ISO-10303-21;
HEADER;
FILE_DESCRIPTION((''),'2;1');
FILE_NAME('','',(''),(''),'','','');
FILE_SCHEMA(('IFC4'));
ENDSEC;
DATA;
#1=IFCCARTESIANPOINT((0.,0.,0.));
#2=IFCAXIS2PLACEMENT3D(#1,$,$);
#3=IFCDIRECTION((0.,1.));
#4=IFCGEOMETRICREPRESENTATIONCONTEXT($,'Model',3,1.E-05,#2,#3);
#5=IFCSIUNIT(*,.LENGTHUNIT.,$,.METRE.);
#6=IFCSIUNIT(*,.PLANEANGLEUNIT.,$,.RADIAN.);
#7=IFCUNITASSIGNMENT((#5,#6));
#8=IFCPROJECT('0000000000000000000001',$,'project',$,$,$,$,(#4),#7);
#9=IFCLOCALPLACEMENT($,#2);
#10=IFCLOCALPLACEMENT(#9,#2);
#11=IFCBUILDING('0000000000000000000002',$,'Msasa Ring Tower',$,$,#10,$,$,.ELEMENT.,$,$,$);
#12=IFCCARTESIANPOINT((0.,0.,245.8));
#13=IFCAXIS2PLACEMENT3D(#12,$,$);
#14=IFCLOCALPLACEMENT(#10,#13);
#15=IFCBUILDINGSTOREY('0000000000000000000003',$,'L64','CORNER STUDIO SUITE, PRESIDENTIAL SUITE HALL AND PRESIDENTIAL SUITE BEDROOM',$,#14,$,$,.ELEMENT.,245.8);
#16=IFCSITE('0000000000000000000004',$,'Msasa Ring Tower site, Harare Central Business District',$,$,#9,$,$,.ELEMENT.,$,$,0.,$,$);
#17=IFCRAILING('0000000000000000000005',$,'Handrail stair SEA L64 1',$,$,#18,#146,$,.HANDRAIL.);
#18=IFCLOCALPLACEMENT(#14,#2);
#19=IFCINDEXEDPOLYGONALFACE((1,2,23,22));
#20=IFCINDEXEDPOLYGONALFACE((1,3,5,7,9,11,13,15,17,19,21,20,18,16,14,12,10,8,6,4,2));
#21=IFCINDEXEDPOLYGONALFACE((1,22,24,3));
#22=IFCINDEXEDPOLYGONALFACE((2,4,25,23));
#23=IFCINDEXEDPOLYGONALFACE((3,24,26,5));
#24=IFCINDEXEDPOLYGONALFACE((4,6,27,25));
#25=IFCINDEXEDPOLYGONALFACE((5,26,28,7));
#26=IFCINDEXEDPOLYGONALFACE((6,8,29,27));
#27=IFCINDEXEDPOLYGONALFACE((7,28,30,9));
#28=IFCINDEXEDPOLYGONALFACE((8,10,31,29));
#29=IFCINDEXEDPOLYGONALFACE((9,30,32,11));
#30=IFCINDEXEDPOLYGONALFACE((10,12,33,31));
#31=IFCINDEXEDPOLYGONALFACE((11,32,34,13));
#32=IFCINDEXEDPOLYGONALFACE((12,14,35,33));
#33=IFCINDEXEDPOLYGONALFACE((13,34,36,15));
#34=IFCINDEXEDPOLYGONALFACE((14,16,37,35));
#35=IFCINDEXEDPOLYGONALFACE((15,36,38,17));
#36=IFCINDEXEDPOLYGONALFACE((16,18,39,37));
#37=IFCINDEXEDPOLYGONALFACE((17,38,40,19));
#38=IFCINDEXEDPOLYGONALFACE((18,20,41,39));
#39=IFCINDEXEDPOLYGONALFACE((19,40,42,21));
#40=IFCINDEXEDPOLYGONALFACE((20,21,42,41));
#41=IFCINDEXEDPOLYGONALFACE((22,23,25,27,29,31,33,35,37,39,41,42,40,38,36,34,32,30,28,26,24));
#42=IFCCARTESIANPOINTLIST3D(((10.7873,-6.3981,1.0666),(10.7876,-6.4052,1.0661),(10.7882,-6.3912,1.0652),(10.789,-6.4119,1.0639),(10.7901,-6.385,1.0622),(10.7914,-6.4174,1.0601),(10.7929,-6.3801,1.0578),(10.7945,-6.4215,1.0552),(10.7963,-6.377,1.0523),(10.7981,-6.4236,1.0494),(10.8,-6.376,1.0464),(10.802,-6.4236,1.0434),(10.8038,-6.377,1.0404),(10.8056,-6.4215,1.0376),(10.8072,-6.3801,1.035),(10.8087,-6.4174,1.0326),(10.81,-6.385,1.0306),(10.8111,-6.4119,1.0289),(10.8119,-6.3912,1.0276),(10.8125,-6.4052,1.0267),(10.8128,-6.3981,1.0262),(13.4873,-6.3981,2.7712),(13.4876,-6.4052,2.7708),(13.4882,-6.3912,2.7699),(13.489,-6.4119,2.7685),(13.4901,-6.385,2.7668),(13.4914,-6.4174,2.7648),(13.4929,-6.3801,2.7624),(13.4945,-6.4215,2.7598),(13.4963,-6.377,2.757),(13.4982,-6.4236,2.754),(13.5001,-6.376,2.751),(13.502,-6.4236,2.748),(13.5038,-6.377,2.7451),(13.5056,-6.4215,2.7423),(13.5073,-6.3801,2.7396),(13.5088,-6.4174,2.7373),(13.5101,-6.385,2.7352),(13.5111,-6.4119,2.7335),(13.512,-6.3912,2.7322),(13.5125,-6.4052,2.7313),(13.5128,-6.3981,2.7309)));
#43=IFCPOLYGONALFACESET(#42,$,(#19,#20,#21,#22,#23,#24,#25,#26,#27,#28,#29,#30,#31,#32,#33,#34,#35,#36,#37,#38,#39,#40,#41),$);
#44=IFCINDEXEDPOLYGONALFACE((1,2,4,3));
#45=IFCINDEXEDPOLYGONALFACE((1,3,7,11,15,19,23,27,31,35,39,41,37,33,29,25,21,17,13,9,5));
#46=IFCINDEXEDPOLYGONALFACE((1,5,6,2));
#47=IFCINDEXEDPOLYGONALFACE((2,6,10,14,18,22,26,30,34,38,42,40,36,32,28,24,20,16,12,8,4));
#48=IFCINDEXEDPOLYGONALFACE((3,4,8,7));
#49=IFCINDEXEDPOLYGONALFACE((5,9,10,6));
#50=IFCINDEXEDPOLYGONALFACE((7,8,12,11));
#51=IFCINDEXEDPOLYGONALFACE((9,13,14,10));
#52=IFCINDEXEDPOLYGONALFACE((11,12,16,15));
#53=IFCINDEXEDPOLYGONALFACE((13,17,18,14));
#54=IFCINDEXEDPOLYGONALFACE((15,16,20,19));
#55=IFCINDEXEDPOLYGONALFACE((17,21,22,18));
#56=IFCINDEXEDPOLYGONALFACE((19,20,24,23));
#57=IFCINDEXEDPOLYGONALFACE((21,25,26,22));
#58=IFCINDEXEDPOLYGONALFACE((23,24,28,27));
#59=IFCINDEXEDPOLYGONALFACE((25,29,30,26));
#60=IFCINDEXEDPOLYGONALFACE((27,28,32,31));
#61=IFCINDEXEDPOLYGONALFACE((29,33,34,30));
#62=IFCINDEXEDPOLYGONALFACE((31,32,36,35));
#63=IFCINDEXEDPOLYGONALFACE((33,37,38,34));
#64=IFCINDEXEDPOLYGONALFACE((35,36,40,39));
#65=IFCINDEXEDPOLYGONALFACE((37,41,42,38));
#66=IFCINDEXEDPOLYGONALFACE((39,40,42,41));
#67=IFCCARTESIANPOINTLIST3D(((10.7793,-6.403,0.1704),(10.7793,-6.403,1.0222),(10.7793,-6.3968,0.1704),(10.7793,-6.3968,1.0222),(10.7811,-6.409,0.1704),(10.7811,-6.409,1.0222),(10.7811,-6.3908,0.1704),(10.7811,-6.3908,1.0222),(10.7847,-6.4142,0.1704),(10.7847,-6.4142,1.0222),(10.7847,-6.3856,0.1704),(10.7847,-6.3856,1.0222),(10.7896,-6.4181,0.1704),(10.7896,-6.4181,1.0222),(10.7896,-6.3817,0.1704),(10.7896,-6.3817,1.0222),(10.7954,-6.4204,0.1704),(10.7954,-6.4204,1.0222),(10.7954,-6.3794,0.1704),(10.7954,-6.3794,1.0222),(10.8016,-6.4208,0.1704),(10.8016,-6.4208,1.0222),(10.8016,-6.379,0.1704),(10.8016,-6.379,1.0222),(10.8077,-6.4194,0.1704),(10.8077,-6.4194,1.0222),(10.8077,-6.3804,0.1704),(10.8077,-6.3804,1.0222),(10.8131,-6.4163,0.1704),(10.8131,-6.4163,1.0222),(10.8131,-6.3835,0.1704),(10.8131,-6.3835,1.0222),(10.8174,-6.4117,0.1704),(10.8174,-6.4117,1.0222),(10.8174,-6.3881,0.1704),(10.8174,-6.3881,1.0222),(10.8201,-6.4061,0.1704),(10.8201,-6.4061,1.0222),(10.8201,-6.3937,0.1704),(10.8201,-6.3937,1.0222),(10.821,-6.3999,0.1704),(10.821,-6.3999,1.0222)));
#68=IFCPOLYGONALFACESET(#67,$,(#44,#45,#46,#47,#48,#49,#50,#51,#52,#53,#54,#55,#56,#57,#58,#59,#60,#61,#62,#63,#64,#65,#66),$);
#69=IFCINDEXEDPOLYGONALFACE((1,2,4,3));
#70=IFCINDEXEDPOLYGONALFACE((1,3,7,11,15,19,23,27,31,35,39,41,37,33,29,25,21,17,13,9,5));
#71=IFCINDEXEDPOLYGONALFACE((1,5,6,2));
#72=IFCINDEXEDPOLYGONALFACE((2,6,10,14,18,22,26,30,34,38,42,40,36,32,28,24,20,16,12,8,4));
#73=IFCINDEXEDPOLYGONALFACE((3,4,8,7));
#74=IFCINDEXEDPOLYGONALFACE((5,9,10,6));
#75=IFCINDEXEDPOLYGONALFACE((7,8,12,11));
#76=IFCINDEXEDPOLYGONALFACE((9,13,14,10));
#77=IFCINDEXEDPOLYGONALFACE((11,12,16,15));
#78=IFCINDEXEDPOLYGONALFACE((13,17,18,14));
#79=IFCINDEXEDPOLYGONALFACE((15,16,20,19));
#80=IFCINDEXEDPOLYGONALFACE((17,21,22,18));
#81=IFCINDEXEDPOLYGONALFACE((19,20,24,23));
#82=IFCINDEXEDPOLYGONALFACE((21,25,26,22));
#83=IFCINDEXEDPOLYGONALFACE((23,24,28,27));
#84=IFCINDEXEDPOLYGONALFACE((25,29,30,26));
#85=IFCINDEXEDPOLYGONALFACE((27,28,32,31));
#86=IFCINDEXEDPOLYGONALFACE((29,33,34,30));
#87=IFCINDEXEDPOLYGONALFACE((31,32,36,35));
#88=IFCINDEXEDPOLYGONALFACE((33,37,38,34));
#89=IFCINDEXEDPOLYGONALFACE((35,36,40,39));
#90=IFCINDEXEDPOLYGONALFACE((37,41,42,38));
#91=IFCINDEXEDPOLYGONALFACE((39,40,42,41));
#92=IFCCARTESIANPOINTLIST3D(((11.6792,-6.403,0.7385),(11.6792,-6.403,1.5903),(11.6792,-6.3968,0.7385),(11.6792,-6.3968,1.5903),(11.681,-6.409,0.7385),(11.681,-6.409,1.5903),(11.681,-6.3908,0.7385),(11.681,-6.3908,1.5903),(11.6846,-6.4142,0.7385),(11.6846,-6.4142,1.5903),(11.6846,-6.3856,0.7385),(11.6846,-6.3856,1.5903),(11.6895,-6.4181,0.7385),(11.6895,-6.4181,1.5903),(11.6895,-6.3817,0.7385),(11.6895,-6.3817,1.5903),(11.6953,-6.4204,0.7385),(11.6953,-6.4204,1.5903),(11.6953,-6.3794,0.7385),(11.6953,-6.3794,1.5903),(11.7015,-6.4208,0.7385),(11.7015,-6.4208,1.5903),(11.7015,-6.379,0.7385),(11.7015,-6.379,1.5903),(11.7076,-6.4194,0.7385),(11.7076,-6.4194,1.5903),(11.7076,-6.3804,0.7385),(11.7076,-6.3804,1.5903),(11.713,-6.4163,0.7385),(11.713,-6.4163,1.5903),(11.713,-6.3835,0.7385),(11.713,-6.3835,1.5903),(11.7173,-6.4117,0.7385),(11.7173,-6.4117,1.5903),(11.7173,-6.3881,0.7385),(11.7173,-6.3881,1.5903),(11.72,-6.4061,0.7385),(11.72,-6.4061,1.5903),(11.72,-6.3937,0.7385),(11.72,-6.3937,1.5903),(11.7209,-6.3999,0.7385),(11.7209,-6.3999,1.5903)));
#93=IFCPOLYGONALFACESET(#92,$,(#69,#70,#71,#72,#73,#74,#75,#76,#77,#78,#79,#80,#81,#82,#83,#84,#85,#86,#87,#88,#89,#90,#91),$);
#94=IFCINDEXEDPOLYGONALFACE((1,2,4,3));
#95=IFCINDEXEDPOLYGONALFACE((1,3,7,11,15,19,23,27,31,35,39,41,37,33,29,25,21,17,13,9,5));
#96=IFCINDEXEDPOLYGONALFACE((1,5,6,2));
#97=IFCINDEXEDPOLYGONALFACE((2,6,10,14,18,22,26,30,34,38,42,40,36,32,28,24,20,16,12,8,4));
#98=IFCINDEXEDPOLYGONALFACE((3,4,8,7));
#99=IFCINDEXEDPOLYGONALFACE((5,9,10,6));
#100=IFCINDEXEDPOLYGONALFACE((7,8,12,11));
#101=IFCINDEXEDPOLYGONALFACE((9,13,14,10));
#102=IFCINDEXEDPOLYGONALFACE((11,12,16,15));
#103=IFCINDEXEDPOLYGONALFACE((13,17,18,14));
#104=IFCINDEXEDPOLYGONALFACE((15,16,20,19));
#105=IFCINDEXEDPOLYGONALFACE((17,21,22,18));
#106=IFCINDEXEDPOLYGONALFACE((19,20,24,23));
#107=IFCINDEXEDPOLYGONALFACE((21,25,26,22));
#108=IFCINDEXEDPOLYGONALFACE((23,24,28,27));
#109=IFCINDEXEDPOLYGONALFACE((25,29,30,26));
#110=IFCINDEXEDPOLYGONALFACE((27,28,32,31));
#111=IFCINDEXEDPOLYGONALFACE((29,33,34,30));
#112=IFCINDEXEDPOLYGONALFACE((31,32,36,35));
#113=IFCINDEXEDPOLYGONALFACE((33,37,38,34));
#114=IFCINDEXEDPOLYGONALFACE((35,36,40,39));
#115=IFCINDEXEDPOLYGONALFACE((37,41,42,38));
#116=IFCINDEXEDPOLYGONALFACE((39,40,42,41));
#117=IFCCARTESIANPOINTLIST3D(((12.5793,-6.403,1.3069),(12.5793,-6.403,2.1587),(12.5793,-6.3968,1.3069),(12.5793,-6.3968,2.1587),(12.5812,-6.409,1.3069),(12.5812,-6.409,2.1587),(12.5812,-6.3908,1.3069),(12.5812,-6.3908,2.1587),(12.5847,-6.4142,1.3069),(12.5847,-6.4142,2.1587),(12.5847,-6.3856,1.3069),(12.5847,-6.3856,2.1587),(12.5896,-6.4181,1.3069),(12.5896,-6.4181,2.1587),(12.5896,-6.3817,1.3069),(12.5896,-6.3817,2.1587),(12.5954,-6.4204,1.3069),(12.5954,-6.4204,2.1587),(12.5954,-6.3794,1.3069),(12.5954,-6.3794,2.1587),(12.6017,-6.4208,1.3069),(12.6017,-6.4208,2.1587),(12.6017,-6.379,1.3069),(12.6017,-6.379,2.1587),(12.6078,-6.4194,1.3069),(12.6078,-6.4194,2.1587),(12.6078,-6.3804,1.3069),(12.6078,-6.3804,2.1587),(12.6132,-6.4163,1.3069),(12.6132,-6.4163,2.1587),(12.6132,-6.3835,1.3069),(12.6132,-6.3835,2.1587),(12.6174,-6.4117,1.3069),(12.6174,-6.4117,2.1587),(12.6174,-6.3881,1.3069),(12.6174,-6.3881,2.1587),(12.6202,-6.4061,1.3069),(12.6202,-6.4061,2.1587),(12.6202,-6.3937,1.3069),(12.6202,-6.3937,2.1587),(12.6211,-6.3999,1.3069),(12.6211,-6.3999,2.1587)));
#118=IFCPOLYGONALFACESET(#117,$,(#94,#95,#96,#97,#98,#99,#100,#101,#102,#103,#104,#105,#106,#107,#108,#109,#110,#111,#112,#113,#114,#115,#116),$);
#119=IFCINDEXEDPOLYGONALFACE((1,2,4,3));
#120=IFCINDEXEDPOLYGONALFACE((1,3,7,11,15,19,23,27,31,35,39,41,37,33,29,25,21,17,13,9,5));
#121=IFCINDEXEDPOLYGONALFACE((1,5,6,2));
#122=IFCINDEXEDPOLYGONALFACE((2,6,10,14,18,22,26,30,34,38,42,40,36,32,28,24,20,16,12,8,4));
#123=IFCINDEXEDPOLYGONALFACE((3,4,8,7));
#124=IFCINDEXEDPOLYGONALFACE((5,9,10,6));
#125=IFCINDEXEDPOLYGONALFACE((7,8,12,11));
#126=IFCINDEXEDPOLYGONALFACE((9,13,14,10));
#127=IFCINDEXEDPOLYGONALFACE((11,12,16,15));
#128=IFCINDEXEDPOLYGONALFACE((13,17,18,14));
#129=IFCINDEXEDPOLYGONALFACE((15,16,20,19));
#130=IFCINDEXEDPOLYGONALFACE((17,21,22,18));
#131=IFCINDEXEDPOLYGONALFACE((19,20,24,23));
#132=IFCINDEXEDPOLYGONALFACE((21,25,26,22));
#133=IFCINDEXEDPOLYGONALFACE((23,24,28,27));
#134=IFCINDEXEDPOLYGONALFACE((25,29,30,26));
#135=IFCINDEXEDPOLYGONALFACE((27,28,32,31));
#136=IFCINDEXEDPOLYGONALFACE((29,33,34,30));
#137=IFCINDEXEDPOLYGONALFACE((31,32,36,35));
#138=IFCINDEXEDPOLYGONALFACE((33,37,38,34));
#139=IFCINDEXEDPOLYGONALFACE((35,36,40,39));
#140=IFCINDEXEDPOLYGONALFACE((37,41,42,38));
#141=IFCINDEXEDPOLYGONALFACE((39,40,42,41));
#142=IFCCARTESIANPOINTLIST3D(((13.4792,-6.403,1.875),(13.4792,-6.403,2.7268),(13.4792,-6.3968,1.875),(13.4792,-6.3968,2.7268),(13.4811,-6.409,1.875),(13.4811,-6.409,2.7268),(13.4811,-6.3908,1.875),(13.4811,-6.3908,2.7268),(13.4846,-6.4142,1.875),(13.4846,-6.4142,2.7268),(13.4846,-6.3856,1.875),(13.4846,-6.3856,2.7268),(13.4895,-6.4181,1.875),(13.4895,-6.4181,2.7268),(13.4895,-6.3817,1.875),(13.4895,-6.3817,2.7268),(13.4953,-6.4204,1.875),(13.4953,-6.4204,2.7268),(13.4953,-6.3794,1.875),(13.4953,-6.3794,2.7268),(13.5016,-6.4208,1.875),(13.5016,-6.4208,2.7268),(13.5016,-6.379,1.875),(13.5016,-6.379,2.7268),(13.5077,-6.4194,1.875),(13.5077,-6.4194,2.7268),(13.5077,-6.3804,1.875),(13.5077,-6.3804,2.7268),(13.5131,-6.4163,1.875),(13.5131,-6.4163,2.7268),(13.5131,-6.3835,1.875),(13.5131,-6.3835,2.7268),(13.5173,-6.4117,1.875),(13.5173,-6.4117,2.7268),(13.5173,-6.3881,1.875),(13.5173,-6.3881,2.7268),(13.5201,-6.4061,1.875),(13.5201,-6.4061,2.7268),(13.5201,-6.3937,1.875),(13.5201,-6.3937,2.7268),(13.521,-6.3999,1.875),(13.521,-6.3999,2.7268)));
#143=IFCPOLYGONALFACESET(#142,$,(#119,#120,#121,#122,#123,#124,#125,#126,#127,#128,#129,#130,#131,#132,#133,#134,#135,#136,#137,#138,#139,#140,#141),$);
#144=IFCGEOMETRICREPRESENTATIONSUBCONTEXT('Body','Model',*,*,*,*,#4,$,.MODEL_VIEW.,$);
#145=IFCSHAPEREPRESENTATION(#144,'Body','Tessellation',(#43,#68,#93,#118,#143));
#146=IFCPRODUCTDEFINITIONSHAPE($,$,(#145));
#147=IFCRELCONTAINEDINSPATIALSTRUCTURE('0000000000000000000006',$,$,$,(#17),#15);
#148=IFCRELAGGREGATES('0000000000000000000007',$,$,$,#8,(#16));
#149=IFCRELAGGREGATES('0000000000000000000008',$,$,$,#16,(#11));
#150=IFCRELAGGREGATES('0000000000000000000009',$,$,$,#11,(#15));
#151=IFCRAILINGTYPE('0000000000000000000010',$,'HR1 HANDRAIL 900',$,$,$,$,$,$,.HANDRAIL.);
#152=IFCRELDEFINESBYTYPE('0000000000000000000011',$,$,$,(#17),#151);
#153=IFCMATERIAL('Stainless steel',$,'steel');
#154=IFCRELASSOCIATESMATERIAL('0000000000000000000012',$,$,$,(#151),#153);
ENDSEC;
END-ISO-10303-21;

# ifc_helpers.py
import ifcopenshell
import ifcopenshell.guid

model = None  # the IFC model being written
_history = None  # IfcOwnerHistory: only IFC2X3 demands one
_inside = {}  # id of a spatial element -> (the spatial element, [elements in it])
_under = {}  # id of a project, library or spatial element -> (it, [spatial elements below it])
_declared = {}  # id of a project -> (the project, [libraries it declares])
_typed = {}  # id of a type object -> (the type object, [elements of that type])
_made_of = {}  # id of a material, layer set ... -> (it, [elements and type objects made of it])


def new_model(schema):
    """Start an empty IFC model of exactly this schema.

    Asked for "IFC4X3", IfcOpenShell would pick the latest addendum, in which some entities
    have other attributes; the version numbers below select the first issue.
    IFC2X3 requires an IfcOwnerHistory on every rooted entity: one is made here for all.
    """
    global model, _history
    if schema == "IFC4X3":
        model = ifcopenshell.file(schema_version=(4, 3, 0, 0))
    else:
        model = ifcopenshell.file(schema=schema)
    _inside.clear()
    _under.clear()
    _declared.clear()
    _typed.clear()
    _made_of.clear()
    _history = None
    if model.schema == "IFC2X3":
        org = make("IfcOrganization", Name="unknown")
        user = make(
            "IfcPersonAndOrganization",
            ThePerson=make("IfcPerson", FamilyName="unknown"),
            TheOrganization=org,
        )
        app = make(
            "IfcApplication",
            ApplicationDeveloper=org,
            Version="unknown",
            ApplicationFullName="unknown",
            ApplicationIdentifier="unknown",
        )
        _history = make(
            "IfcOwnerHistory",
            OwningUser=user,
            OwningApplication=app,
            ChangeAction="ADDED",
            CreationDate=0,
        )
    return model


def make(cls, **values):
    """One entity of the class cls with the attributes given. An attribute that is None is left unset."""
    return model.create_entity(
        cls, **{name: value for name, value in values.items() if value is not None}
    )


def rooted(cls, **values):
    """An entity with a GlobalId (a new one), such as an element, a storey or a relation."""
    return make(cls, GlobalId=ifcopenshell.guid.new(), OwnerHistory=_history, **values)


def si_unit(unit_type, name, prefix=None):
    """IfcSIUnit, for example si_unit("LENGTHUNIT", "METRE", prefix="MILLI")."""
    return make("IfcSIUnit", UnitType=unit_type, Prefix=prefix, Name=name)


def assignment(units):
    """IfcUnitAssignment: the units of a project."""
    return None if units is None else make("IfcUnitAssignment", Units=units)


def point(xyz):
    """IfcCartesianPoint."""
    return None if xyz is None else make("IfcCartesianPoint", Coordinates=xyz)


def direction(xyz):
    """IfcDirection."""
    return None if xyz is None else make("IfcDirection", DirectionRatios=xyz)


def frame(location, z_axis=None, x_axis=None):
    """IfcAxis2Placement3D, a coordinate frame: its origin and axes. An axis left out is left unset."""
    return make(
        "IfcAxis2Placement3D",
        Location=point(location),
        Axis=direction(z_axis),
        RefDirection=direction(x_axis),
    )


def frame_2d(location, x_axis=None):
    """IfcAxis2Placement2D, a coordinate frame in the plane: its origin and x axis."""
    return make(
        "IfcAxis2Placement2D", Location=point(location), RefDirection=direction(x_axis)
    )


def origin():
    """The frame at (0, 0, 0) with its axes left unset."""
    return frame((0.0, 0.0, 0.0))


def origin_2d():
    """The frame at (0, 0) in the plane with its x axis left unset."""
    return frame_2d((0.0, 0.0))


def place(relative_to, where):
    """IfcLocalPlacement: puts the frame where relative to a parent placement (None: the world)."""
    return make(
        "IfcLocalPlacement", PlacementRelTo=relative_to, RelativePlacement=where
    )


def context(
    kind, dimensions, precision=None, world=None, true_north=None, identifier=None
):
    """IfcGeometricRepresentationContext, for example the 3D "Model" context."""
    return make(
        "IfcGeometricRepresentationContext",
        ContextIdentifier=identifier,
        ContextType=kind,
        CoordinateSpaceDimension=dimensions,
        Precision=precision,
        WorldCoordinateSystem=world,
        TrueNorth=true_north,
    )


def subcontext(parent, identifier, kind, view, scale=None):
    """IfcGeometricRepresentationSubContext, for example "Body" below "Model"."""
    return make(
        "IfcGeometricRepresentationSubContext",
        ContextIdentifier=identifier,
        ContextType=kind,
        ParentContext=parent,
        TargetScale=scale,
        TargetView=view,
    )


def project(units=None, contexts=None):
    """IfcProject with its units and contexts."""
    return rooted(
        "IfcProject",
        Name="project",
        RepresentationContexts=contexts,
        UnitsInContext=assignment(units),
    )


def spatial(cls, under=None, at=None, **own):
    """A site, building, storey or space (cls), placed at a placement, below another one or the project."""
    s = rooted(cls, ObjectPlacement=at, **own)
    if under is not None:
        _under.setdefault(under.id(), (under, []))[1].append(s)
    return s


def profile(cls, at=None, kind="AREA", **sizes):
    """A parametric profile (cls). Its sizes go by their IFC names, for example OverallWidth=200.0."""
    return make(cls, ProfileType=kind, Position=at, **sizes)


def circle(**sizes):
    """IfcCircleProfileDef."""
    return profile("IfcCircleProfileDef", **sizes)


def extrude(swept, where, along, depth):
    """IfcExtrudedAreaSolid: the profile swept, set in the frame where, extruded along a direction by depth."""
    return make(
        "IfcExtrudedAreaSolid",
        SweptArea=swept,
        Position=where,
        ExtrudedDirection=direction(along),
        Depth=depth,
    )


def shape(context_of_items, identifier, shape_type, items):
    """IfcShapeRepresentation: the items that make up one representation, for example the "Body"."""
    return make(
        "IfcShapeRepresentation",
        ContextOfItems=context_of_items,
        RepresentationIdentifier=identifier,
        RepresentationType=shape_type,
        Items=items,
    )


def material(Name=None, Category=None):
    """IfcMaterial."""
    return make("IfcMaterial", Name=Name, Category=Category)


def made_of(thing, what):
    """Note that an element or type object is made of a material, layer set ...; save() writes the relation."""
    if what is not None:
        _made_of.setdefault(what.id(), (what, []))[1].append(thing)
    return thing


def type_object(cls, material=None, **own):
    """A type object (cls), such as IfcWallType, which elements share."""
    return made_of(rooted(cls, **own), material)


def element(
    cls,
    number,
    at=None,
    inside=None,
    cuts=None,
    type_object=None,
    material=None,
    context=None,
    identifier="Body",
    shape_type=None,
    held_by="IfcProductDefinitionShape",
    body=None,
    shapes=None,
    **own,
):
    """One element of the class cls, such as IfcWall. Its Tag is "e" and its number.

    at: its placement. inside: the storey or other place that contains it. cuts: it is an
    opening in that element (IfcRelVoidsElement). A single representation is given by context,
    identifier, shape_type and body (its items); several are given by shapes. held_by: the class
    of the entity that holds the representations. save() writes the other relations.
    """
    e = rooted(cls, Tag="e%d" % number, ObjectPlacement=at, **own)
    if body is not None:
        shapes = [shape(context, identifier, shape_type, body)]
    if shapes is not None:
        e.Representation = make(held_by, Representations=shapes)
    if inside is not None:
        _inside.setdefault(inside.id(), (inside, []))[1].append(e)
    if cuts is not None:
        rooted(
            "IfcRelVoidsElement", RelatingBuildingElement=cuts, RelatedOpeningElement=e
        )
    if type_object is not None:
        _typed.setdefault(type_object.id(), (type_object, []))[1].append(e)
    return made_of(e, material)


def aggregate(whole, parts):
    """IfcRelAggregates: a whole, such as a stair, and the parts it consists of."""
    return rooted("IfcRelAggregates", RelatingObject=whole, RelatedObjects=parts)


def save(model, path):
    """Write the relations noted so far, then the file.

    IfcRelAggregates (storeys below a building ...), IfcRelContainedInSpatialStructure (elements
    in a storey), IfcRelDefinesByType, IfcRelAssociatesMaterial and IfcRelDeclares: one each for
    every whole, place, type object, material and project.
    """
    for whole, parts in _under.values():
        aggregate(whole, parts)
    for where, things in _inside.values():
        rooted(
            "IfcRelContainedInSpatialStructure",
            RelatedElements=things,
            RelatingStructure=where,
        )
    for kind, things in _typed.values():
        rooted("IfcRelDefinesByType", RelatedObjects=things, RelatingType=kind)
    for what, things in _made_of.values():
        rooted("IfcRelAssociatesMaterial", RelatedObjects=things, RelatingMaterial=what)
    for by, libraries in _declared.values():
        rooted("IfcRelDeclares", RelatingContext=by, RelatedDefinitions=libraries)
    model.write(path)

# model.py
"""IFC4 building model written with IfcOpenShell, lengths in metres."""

from ifc_helpers import new_model, si_unit, direction, frame, origin, origin_2d, place, context, subcontext, project, spatial, circle, extrude, material, type_object, element, save


model = new_model("IFC4")

# Units and contexts
model_context = context("Model", 3, precision=1e-05, world=origin(), true_north=direction((0.0, 1.0)))
body_context = subcontext(model_context, "Body", "Model", "MODEL_VIEW")
ifc_project = project(units=[si_unit("LENGTHUNIT", "METRE"), si_unit("PLANEANGLEUNIT", "RADIAN")], contexts=[model_context])

# Site, building, storey
site_placement = place(None, origin())
site = spatial("IfcSite", under=ifc_project, at=site_placement, Name="Msasa Ring Tower site, Harare Central Business District", CompositionType="ELEMENT", RefElevation=0.0)
building_placement = place(site_placement, origin())
building = spatial("IfcBuilding", under=site, at=building_placement, Name="Msasa Ring Tower", CompositionType="ELEMENT")
storey_placement = place(building_placement, frame((0.0, 0.0, 245.8)))
storey = spatial("IfcBuildingStorey", under=building, at=storey_placement, Name="L64", Description="CORNER STUDIO SUITE, PRESIDENTIAL SUITE HALL AND PRESIDENTIAL SUITE BEDROOM", CompositionType="ELEMENT", Elevation=245.8)

# Railing
ifc_material_1 = material(Name="Stainless steel", Category="steel")
railing_type = type_object("IfcRailingType", Name="HR1 HANDRAIL 900", PredefinedType="HANDRAIL", material=ifc_material_1)
railing_placement = place(storey_placement, frame((10.8, -6.3999, 0.1704)))
element("IfcRailing", 1, at=railing_placement, inside=storey, type_object=railing_type, Name="Handrail stair SEA L64 1", PredefinedType="HANDRAIL", context=body_context, shape_type="SweptSolid", body=[
    extrude(circle(Radius=0.0239, at=origin_2d()), frame((0.0, 0.0, 0.876), z_axis=(0.84558, 0.0, 0.533849), x_axis=(0.0, 1.0, 0.0)), (0.0, 0.0, 1.0), 3.1931),
    extrude(circle(Radius=0.021, at=origin_2d()), origin(), (0.0, 0.0, 1.0), 0.8518),
    extrude(circle(Radius=0.021, at=origin_2d()), frame((0.8999, 0.0, 0.5681)), (0.0, 0.0, 1.0), 0.8518),
    extrude(circle(Radius=0.021, at=origin_2d()), frame((1.8, 0.0, 1.1365)), (0.0, 0.0, 1.0), 0.8518),
    extrude(circle(Radius=0.021, at=origin_2d()), frame((2.7, 0.0, 1.7046)), (0.0, 0.0, 1.0), 0.8518),
])

save(model, "model.ifc")
